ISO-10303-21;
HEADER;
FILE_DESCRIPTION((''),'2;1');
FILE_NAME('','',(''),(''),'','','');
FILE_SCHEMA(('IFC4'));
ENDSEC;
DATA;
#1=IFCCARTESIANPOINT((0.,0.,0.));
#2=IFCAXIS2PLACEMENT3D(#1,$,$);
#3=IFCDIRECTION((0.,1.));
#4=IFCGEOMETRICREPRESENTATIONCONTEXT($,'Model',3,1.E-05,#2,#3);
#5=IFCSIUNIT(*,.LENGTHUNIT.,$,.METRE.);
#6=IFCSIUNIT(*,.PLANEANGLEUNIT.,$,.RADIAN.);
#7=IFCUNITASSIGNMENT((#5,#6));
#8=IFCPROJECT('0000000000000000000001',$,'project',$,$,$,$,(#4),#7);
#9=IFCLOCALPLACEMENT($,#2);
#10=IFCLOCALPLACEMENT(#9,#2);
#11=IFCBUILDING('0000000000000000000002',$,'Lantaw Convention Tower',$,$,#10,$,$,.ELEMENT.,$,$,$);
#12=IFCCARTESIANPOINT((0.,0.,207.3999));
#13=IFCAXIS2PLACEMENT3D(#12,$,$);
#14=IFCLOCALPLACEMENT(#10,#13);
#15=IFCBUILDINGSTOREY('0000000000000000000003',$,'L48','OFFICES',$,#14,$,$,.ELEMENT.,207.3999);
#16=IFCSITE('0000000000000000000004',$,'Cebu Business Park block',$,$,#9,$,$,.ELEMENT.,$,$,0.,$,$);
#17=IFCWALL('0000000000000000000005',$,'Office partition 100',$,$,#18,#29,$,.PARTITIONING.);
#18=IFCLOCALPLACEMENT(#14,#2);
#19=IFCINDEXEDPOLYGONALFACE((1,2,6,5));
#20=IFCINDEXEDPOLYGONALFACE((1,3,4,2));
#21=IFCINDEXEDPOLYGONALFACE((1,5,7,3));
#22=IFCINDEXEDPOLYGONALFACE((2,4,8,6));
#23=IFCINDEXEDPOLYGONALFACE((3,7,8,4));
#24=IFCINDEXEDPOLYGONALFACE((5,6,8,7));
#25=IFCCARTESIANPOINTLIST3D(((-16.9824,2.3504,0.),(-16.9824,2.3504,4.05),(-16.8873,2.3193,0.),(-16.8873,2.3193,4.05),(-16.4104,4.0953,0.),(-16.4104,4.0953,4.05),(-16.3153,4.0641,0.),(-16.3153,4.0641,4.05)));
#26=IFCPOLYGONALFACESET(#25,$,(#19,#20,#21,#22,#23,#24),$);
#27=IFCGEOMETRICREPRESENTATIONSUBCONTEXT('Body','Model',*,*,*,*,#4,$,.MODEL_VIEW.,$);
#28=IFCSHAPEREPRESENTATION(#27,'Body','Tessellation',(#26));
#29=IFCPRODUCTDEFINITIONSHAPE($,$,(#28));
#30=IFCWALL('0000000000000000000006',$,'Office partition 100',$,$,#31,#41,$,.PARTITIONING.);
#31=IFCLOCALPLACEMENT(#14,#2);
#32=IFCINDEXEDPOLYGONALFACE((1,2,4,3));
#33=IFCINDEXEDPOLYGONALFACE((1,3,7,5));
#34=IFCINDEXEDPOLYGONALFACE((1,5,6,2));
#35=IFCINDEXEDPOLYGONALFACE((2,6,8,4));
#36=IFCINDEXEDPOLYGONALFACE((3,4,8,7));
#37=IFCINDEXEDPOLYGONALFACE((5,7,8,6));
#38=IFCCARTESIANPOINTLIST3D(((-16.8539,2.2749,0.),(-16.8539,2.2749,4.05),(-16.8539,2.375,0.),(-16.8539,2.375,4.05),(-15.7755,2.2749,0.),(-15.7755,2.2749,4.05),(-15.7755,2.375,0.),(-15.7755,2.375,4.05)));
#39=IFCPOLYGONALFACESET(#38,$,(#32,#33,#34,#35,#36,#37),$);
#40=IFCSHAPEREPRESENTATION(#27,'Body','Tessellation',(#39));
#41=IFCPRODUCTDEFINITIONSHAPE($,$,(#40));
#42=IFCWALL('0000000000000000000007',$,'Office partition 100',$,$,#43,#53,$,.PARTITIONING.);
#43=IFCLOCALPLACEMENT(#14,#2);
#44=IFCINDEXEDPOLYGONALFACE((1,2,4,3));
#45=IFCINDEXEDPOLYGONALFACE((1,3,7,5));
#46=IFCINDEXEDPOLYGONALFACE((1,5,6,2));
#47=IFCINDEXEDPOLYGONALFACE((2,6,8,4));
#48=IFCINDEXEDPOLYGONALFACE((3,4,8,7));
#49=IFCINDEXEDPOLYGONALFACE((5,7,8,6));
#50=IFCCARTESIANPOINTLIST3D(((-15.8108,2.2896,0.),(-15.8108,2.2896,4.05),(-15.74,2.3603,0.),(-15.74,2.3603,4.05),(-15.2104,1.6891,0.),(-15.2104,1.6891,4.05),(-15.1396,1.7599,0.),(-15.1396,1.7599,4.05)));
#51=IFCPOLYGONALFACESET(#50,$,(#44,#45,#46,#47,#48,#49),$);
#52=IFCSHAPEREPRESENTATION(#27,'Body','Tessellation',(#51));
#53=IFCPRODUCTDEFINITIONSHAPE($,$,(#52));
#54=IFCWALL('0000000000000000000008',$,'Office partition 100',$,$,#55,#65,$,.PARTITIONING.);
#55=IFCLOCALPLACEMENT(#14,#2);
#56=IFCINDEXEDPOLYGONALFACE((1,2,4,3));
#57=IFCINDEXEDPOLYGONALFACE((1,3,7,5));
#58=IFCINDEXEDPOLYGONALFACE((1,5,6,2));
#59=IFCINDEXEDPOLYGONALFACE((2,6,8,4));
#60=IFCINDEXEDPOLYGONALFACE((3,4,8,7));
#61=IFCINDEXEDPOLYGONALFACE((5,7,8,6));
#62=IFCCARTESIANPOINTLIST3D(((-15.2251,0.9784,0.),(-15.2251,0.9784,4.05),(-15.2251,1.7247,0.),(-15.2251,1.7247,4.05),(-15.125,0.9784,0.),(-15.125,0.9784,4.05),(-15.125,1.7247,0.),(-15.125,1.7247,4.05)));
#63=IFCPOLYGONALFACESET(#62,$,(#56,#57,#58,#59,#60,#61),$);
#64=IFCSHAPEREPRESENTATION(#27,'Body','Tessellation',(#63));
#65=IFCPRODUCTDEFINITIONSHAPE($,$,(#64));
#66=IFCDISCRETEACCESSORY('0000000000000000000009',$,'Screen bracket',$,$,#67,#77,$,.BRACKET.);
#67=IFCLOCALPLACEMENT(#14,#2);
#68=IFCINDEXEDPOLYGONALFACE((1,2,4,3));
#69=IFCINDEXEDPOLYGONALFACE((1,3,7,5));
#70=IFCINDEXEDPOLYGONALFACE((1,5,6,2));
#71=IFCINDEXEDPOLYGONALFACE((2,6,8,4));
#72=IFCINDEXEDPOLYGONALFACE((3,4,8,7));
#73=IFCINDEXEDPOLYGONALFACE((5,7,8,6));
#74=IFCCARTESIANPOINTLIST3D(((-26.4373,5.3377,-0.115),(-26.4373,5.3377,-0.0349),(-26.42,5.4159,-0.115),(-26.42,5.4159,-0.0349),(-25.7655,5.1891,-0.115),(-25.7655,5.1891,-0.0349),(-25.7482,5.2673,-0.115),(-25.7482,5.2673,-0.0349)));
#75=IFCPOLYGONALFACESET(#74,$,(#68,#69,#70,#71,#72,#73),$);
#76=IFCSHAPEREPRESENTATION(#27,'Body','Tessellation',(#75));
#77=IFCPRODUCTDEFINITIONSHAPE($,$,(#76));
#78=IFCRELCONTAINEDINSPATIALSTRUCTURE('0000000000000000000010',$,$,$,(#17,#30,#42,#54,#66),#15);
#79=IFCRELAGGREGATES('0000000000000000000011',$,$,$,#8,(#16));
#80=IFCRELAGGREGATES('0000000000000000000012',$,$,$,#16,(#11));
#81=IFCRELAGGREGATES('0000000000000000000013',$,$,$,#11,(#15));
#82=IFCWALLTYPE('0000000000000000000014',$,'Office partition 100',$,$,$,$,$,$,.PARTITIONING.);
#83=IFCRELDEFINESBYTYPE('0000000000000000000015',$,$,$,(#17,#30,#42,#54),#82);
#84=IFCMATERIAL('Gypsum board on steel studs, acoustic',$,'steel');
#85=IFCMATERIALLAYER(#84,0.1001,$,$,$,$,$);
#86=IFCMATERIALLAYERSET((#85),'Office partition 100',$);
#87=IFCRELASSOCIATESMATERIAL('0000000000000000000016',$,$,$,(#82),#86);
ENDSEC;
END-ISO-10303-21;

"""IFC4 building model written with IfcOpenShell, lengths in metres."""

from ifc_helpers import new_model, si_unit, direction, frame, frame_2d, origin, origin_2d, place, context, subcontext, project, spatial, rectangle, extrude, material, layer, layer_set, type_object, element, save


model = new_model("IFC4")

# Units and contexts
model_context = context("Model", 3, precision=1e-05, world=origin(), true_north=direction((0.0, 1.0)))
body_context = subcontext(model_context, "Body", "Model", "MODEL_VIEW")
ifc_project = project(units=[si_unit("LENGTHUNIT", "METRE"), si_unit("PLANEANGLEUNIT", "RADIAN")], contexts=[model_context])

# Site, building, storey
site_placement = place(None, origin())
site = spatial("IfcSite", under=ifc_project, at=site_placement, Name="Cebu Business Park block", CompositionType="ELEMENT", RefElevation=0.0)
building_placement = place(site_placement, origin())
building = spatial("IfcBuilding", under=site, at=building_placement, Name="Lantaw Convention Tower", CompositionType="ELEMENT")
storey_placement = place(building_placement, frame((0.0, 0.0, 207.3999)))
storey = spatial("IfcBuildingStorey", under=building, at=storey_placement, Name="L48", Description="OFFICES", CompositionType="ELEMENT", Elevation=207.3999)

# Shared definitions
ifc_material_1 = material(Name="Gypsum board on steel studs, acoustic", Category="steel")
ifc_layer_1 = layer(ifc_material_1, 0.1001)
ifc_layer_set_1 = layer_set([ifc_layer_1], Name="Office partition 100")
wall_type_1 = type_object("IfcWallType", Name="Office partition 100", PredefinedType="PARTITIONING", material=ifc_layer_set_1)

# Walls
wall_1_placement = place(storey_placement, frame((-16.9348, 2.335, 0.0), z_axis=(0.0, 0.0, 1.0), x_axis=(0.311517, 0.950241, 0.0)))
element("IfcWall", 1, at=wall_1_placement, inside=storey, type_object=wall_type_1, Name="Office partition 100", PredefinedType="PARTITIONING", context=body_context, shape_type="SweptSolid", body=[
    extrude(rectangle(XDim=1.8362, YDim=0.1001, at=frame_2d((0.918, 0.0))), origin(), (0.0, 0.0, 1.0), 4.05),
])
wall_2_placement = place(storey_placement, frame((-16.8538, 2.325, 0.0), z_axis=(0.0, 0.0, 1.0), x_axis=(1.0, 0.0, 0.0)))
element("IfcWall", 2, at=wall_2_placement, inside=storey, type_object=wall_type_1, Name="Office partition 100", PredefinedType="PARTITIONING", context=body_context, shape_type="SweptSolid", body=[
    extrude(rectangle(XDim=1.0784, YDim=0.1001, at=frame_2d((0.5391, 0.0))), origin(), (0.0, 0.0, 1.0), 4.05),
])
wall_3_placement = place(storey_placement, frame((-15.7754, 2.325, 0.0), z_axis=(0.0, 0.0, 1.0), x_axis=(0.707107, -0.707107, 0.0)))
element("IfcWall", 3, at=wall_3_placement, inside=storey, type_object=wall_type_1, Name="Office partition 100", PredefinedType="PARTITIONING", context=body_context, shape_type="SweptSolid", body=[
    extrude(rectangle(XDim=0.8491, YDim=0.1001, at=frame_2d((0.4246, 0.0))), origin(), (0.0, 0.0, 1.0), 4.05),
])
wall_4_placement = place(storey_placement, frame((-15.175, 1.7246, 0.0), z_axis=(0.0, 0.0, 1.0), x_axis=(0.0, -1.0, 0.0)))
element("IfcWall", 4, at=wall_4_placement, inside=storey, type_object=wall_type_1, Name="Office partition 100", PredefinedType="PARTITIONING", context=body_context, shape_type="SweptSolid", body=[
    extrude(rectangle(XDim=0.7463, YDim=0.1001, at=frame_2d((0.373, 0.0))), origin(), (0.0, 0.0, 1.0), 4.05),
])

# Discrete accessory
discrete_accessory_placement = place(storey_placement, frame((-26.0928, 5.3025, -0.115), z_axis=(0.0, 0.0, 1.0), x_axis=(-0.215891, -0.976417, 0.0)))
element("IfcDiscreteAccessory", 5, at=discrete_accessory_placement, inside=storey, Name="Screen bracket", PredefinedType="BRACKET", context=body_context, shape_type="SweptSolid", body=[
    extrude(rectangle(XDim=0.0801, YDim=0.688, at=origin_2d()), origin(), (0.0, 0.0, 1.0), 0.0801),
])

save(model, "model.ifc")
